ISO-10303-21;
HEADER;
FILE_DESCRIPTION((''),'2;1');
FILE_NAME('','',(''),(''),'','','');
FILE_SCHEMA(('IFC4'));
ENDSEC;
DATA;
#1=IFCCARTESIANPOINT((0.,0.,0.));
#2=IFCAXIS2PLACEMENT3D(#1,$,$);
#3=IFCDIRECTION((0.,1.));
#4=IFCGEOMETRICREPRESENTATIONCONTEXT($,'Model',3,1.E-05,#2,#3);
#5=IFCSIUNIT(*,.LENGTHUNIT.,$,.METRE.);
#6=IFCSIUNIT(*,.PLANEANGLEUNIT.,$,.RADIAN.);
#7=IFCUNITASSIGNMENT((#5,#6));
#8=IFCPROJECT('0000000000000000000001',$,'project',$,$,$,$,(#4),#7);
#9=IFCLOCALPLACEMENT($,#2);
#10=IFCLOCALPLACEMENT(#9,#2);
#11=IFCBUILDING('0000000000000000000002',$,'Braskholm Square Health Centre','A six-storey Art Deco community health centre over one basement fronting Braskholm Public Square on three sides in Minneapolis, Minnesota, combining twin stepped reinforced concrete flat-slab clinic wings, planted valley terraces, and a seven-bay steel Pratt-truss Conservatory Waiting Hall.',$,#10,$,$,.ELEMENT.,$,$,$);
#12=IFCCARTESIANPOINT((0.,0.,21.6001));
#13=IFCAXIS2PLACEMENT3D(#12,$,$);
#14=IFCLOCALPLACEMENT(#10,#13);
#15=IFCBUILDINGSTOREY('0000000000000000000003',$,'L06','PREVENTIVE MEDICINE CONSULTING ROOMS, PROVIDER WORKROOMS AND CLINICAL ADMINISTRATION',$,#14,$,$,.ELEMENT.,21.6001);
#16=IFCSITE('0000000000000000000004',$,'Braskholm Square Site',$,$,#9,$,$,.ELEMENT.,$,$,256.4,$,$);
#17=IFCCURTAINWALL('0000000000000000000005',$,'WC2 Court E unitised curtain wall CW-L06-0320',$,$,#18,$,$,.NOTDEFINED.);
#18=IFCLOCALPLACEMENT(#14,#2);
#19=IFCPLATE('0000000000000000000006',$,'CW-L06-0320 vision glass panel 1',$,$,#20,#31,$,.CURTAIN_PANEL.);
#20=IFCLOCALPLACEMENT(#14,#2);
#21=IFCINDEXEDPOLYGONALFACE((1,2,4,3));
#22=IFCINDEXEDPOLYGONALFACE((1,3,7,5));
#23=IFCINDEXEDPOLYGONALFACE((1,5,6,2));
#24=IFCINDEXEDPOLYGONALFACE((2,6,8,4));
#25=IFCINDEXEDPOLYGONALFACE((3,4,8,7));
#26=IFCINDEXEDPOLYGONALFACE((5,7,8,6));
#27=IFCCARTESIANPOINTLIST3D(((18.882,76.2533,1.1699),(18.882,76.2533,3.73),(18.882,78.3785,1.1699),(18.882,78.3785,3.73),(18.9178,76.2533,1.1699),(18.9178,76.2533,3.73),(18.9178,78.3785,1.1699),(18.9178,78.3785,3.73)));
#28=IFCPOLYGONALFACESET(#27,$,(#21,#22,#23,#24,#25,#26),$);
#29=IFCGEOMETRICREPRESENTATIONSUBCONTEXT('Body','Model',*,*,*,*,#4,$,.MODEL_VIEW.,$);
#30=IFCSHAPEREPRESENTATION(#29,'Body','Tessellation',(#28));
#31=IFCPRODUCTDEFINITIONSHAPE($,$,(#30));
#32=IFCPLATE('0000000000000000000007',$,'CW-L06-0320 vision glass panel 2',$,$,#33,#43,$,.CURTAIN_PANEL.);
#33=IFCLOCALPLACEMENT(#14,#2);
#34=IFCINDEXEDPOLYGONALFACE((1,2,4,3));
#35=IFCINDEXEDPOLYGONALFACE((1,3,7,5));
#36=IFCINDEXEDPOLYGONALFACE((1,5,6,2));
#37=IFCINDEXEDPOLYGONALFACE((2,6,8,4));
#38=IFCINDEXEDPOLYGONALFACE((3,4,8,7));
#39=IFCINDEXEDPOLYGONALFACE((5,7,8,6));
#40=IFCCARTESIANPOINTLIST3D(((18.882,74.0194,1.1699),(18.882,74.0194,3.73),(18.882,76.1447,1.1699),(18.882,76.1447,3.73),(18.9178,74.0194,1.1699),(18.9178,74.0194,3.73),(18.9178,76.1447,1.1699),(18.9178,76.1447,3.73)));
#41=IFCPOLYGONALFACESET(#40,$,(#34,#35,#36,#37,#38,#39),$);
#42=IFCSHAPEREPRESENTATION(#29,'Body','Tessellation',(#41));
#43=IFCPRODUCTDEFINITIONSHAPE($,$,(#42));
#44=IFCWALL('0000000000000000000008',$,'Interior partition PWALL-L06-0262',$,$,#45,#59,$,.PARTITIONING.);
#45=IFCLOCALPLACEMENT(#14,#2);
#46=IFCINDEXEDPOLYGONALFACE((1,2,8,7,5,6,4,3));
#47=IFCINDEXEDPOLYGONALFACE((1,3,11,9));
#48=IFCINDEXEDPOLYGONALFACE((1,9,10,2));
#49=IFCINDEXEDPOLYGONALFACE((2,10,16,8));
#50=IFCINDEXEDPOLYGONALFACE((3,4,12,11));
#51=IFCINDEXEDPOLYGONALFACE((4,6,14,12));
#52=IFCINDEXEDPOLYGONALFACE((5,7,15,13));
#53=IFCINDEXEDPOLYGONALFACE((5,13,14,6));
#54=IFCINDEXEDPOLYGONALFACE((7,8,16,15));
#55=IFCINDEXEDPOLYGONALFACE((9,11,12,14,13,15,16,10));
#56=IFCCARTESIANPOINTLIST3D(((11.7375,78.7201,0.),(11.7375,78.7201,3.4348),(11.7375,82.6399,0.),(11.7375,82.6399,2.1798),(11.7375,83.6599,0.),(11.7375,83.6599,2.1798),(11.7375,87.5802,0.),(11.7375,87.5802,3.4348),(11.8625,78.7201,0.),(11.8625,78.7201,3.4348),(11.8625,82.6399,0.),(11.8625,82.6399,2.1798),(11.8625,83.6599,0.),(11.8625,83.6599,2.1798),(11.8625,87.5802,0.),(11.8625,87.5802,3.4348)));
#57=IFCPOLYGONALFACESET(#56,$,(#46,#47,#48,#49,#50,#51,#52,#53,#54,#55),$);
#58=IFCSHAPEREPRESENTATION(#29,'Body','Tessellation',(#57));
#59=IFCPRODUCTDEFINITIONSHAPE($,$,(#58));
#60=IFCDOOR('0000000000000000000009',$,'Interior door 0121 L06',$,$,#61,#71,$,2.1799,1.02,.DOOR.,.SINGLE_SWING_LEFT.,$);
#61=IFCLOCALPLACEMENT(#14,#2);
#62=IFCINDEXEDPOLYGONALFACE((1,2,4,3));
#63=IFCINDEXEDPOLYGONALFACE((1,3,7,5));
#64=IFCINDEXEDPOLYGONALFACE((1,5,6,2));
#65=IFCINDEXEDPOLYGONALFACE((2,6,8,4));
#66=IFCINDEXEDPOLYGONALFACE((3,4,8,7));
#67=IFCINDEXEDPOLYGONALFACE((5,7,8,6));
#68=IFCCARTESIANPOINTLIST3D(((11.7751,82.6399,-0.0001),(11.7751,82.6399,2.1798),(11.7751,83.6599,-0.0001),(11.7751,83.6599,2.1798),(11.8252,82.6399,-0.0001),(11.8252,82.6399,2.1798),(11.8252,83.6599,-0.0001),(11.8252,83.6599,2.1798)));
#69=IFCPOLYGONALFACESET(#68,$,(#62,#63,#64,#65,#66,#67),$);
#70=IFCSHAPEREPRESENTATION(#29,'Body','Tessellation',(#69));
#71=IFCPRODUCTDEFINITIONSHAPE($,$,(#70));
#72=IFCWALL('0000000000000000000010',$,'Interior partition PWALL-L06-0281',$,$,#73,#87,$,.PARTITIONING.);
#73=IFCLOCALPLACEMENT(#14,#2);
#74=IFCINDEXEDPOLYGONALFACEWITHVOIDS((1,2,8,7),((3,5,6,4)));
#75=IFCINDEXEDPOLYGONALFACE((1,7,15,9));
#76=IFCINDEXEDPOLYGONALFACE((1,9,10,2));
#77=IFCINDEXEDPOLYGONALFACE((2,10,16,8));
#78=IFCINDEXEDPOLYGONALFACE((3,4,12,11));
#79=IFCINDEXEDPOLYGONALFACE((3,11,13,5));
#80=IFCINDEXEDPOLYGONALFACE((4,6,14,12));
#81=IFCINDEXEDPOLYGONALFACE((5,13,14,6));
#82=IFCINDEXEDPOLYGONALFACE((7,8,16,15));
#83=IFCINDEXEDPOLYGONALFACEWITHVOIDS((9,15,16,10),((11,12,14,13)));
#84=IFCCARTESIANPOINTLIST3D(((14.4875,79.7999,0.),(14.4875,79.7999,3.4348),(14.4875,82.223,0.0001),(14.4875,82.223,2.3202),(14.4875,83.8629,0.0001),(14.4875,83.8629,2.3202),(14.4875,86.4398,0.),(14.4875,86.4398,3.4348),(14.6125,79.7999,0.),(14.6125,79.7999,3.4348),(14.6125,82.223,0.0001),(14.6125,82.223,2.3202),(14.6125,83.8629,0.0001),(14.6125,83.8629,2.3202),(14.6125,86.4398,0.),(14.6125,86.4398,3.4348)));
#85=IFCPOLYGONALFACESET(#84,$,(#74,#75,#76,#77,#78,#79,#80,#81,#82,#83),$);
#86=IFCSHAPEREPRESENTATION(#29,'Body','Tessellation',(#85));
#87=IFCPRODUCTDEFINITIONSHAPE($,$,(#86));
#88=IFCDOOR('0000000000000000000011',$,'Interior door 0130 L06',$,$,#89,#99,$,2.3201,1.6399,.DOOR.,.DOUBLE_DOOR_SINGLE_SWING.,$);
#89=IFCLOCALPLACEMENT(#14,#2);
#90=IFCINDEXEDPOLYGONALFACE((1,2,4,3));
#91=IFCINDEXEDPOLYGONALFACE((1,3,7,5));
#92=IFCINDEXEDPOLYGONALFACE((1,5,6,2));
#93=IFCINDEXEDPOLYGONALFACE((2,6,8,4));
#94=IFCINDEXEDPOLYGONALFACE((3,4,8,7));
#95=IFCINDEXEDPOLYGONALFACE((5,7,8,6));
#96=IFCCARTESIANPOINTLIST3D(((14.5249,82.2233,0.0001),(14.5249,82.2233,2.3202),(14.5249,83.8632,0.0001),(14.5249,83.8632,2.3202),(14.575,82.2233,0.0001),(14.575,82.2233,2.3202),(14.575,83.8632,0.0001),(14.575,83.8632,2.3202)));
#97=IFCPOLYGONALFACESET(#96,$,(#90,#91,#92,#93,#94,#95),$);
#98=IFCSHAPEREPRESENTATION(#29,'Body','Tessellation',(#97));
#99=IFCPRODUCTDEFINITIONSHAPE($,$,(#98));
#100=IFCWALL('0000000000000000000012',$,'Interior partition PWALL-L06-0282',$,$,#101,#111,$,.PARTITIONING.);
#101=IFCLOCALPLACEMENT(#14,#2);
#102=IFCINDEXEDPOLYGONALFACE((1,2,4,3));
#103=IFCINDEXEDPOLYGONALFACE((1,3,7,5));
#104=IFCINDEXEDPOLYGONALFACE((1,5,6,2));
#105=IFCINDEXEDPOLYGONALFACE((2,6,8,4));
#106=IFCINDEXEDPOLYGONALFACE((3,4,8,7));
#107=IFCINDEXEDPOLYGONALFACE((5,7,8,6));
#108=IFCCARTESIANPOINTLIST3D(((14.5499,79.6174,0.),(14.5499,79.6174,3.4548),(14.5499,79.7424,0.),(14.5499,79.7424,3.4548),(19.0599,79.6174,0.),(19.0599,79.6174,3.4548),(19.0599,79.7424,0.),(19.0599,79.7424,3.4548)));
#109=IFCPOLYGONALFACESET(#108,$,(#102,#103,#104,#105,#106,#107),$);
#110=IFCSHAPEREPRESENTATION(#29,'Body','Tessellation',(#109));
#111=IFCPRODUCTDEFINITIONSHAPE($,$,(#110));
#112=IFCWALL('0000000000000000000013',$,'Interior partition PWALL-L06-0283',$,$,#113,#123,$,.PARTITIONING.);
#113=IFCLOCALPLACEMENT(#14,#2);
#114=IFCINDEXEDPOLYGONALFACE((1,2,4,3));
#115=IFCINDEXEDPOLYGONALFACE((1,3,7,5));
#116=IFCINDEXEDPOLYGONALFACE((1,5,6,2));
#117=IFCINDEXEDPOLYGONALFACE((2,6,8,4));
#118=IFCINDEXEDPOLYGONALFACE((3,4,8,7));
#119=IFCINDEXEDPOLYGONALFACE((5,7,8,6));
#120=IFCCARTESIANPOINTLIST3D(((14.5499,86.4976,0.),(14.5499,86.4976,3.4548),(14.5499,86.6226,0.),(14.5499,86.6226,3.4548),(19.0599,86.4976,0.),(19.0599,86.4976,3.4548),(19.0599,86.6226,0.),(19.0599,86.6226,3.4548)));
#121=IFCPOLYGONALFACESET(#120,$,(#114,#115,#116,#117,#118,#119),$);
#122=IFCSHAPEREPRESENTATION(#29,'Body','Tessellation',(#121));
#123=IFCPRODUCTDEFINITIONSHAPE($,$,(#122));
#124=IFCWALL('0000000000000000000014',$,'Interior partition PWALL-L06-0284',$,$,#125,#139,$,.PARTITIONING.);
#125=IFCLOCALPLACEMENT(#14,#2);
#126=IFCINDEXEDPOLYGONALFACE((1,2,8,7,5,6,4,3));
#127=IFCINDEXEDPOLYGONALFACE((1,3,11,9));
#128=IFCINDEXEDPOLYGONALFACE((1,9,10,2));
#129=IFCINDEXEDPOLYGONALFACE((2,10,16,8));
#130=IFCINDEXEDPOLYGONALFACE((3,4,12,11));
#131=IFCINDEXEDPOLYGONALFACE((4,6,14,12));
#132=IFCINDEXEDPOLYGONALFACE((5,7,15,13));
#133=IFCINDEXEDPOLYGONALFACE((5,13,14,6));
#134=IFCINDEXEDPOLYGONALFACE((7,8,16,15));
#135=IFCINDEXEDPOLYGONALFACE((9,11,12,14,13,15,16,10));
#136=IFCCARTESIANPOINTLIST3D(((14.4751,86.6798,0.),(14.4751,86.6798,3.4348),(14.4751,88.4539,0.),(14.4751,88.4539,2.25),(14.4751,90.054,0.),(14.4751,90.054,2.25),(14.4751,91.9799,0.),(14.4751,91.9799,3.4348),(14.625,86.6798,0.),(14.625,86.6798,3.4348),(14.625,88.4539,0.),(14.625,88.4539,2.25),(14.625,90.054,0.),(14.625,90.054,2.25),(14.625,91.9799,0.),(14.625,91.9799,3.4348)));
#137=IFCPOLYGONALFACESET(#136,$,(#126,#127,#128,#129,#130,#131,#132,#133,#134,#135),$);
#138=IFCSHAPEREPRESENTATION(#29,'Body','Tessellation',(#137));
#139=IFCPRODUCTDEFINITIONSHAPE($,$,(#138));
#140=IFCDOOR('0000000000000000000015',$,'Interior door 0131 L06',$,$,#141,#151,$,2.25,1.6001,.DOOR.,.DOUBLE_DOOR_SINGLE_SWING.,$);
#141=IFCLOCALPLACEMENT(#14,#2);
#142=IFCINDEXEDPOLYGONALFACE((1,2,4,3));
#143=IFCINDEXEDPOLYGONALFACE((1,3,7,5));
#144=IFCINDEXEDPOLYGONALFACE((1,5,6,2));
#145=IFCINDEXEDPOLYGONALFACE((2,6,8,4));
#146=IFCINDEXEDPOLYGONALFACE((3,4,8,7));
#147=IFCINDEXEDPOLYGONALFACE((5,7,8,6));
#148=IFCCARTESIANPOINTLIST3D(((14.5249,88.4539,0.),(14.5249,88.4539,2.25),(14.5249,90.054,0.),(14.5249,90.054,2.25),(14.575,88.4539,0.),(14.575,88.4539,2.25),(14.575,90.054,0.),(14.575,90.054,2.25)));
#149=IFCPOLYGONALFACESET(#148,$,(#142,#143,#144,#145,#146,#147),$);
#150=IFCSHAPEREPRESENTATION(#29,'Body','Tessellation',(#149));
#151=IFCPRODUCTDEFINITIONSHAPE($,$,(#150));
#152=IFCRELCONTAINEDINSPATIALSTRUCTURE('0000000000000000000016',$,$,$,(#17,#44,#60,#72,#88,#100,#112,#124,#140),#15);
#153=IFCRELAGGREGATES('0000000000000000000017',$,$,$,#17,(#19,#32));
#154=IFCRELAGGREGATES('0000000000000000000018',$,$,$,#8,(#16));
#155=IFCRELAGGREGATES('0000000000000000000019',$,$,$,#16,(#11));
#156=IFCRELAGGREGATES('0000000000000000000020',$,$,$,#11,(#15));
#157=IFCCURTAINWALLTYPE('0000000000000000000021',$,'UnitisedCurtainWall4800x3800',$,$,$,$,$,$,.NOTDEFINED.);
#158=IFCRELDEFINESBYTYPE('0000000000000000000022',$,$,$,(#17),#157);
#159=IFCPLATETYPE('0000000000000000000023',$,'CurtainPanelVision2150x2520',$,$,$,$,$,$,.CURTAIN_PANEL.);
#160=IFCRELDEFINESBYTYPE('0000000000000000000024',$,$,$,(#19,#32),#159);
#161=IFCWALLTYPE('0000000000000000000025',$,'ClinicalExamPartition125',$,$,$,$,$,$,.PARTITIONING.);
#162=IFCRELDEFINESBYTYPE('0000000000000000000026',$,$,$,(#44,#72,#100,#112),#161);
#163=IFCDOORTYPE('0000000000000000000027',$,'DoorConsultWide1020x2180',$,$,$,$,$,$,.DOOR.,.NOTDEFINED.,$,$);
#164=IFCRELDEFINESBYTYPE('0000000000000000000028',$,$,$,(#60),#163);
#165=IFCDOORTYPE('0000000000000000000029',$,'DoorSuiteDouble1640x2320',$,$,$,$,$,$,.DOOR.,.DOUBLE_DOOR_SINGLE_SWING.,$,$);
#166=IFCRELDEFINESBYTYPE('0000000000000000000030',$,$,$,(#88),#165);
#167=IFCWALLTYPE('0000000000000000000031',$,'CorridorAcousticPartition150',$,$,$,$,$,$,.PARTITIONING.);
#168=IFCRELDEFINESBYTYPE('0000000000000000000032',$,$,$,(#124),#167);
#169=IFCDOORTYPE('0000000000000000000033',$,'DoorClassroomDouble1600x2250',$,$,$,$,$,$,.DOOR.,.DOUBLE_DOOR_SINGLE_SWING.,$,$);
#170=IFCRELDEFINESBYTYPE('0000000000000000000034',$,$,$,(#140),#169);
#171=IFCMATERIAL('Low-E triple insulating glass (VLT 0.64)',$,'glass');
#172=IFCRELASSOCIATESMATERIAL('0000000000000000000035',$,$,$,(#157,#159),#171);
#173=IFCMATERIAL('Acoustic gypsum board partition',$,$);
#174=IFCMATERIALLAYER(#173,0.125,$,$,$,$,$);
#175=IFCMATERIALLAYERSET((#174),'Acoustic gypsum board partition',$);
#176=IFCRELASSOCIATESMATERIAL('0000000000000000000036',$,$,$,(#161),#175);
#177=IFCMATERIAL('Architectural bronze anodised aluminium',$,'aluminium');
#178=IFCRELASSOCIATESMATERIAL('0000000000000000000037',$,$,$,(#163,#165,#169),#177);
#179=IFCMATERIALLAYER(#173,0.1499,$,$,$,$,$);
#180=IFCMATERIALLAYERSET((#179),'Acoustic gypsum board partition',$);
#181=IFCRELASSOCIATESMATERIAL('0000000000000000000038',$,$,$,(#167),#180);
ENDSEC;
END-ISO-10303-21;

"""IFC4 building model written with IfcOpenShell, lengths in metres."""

from ifc_helpers import new_model, si_unit, direction, frame, frame_2d, origin, origin_with_axes, origin_2d, place, context, subcontext, project, spatial, rectangle, extrude, material, layer, layer_set, type_object, element, fill, aggregate, save


model = new_model("IFC4")

# Units and contexts
model_context = context("Model", 3, precision=1e-05, world=origin(), true_north=direction((0.0, 1.0)))
body_context = subcontext(model_context, "Body", "Model", "MODEL_VIEW")
ifc_project = project(units=[si_unit("LENGTHUNIT", "METRE"), si_unit("PLANEANGLEUNIT", "RADIAN")], contexts=[model_context])

# Site, building, storey
site_placement = place(None, origin())
site = spatial("IfcSite", under=ifc_project, at=site_placement, Name="Braskholm Square Site", CompositionType="ELEMENT", RefElevation=256.4)
building_placement = place(site_placement, origin())
building = spatial("IfcBuilding", under=site, at=building_placement, Name="Braskholm Square Health Centre", Description="A six-storey Art Deco community health centre over one basement fronting Braskholm Public Square on three sides in Minneapolis, Minnesota, combining twin stepped reinforced concrete flat-slab clinic wings, planted valley terraces, and a seven-bay steel Pratt-truss Conservatory Waiting Hall.", CompositionType="ELEMENT")
storey_placement = place(building_placement, frame((0.0, 0.0, 21.6001)))
storey = spatial("IfcBuildingStorey", under=building, at=storey_placement, Name="L06", Description="PREVENTIVE MEDICINE CONSULTING ROOMS, PROVIDER WORKROOMS AND CLINICAL ADMINISTRATION", CompositionType="ELEMENT", Elevation=21.6001)

# Curtain wall
ifc_material_1 = material(Name="Low-E triple insulating glass (VLT 0.64)", Category="glass")
curtain_wall_type = type_object("IfcCurtainWallType", Name="UnitisedCurtainWall4800x3800", PredefinedType="NOTDEFINED", material=ifc_material_1)
curtain_wall_1_placement = place(storey_placement, origin())
curtain_wall_1 = element("IfcCurtainWall", 1, at=curtain_wall_1_placement, inside=storey, type_object=curtain_wall_type, Name="WC2 Court E unitised curtain wall CW-L06-0320", PredefinedType="NOTDEFINED")
ifc_material_2 = material(Name="Architectural bronze anodised aluminium", Category="aluminium")

# Plates
plate_type_1 = type_object("IfcPlateType", Name="CurtainPanelVision2150x2520", PredefinedType="CURTAIN_PANEL", material=ifc_material_1)
plate_1_placement = place(storey_placement, frame((18.8999, 77.3159, 1.1699), z_axis=(0.0, 0.0, 1.0), x_axis=(0.0, -1.0, 0.0)))
plate_1 = element("IfcPlate", 2, at=plate_1_placement, type_object=plate_type_1, Name="CW-L06-0320 vision glass panel 1", PredefinedType="CURTAIN_PANEL", context=body_context, shape_type="SweptSolid", body=[
    extrude(rectangle(XDim=2.1252, YDim=0.0359, at=origin_2d()), origin(), (0.0, 0.0, 1.0), 2.5601),
])
plate_2_placement = place(storey_placement, frame((18.8999, 75.082, 1.1699), z_axis=(0.0, 0.0, 1.0), x_axis=(0.0, -1.0, 0.0)))
plate_2 = element("IfcPlate", 3, at=plate_2_placement, type_object=plate_type_1, Name="CW-L06-0320 vision glass panel 2", PredefinedType="CURTAIN_PANEL", context=body_context, shape_type="SweptSolid", body=[
    extrude(rectangle(XDim=2.1252, YDim=0.0359, at=origin_2d()), origin(), (0.0, 0.0, 1.0), 2.5601),
])
aggregate(curtain_wall_1, [plate_1, plate_2])

# Walls, openings, doors
ifc_material_3 = material(Name="Acoustic gypsum board partition")
ifc_layer_1 = layer(ifc_material_3, 0.125)
ifc_layer_set_1 = layer_set([ifc_layer_1], Name="Acoustic gypsum board partition")
wall_type_1 = type_object("IfcWallType", Name="ClinicalExamPartition125", PredefinedType="PARTITIONING", material=ifc_layer_set_1)
wall_1_placement = place(storey_placement, frame((11.8, 78.72, 0.0), z_axis=(0.0, 0.0, 1.0), x_axis=(0.0, 1.0, 0.0)))
wall_1 = element("IfcWall", 4, at=wall_1_placement, inside=storey, type_object=wall_type_1, Name="Interior partition PWALL-L06-0262", PredefinedType="PARTITIONING", context=body_context, shape_type="SweptSolid", body=[
    extrude(rectangle(XDim=8.8601, YDim=0.125, at=frame_2d((4.4302, 0.0))), origin(), (0.0, 0.0, 1.0), 3.4348),
])
opening_1_placement = place(wall_1_placement, frame((3.9199, 0.0, 0.0)))
opening_1 = element("IfcOpeningElement", 5, at=opening_1_placement, cuts=wall_1, PredefinedType="OPENING", context=body_context, shape_type="SweptSolid", body=[
    extrude(rectangle(XDim=1.02, YDim=2.1799, at=frame_2d((0.51, 1.0898))), frame((0.0, 0.0725, 0.0), z_axis=(0.0, -1.0, 0.0), x_axis=(1.0, 0.0, 0.0)), (0.0, 0.0, 1.0), 0.145),
])
door_type_1 = type_object("IfcDoorType", Name="DoorConsultWide1020x2180", OperationType="NOTDEFINED", PredefinedType="DOOR", material=ifc_material_2)
door_1_placement = place(opening_1_placement, origin_with_axes())
door_1 = element("IfcDoor", 6, at=door_1_placement, inside=storey, type_object=door_type_1, Name="Interior door 0121 L06", OperationType="SINGLE_SWING_LEFT", OverallHeight=2.1799, OverallWidth=1.02, PredefinedType="DOOR", context=body_context, shape_type="SweptSolid", body=[
    extrude(rectangle(XDim=1.02, YDim=2.1799, at=frame_2d((0.51, 1.0898))), frame((0.0, 0.0249, 0.0), z_axis=(0.0, -1.0, 0.0), x_axis=(1.0, 0.0, 0.0)), (0.0, 0.0, 1.0), 0.05),
])
fill(opening_1, door_1)
wall_2_placement = place(storey_placement, frame((14.55, 79.8, 0.0), z_axis=(0.0, 0.0, 1.0), x_axis=(0.0, 1.0, 0.0)))
wall_2 = element("IfcWall", 7, at=wall_2_placement, inside=storey, type_object=wall_type_1, Name="Interior partition PWALL-L06-0281", PredefinedType="PARTITIONING", context=body_context, shape_type="SweptSolid", body=[
    extrude(rectangle(XDim=6.6399, YDim=0.125, at=frame_2d((3.3198, 0.0))), origin(), (0.0, 0.0, 1.0), 3.4348),
])
opening_2_placement = place(wall_2_placement, frame((2.4231, 0.0, 0.0)))
opening_2 = element("IfcOpeningElement", 8, at=opening_2_placement, cuts=wall_2, PredefinedType="OPENING", context=body_context, shape_type="SweptSolid", body=[
    extrude(rectangle(XDim=1.6399, YDim=2.3201, at=frame_2d((0.8198, 1.1602))), frame((0.0, 0.0725, 0.0), z_axis=(0.0, -1.0, 0.0), x_axis=(1.0, 0.0, 0.0)), (0.0, 0.0, 1.0), 0.145),
])
door_type_2 = type_object("IfcDoorType", Name="DoorSuiteDouble1640x2320", OperationType="DOUBLE_DOOR_SINGLE_SWING", PredefinedType="DOOR", material=ifc_material_2)
door_2_placement = place(opening_2_placement, frame((1.6399, 0.0, 0.0), z_axis=(0.0, 0.0, 1.0), x_axis=(-1.0, 0.0, 0.0)))
door_2 = element("IfcDoor", 9, at=door_2_placement, inside=storey, type_object=door_type_2, Name="Interior door 0130 L06", OperationType="DOUBLE_DOOR_SINGLE_SWING", OverallHeight=2.3201, OverallWidth=1.6399, PredefinedType="DOOR", context=body_context, shape_type="SweptSolid", body=[
    extrude(rectangle(XDim=1.6399, YDim=2.3201, at=frame_2d((0.8198, 1.1602))), frame((0.0, 0.0249, 0.0), z_axis=(0.0, -1.0, 0.0), x_axis=(1.0, 0.0, 0.0)), (0.0, 0.0, 1.0), 0.05),
])
fill(opening_2, door_2)

# Walls
for number, where, z_axis, x_axis, name in (
    (10, (14.55, 79.6799, 0.0), (0.0, 0.0, 1.0), (1.0, 0.0, 0.0), "Interior partition PWALL-L06-0282"),
    (11, (14.55, 86.5601, 0.0), (0.0, 0.0, 1.0), (1.0, 0.0, 0.0), "Interior partition PWALL-L06-0283"),
):
    element("IfcWall", number, at=place(storey_placement, frame(where, z_axis=z_axis, x_axis=x_axis)), inside=storey, type_object=wall_type_1, Name=name, PredefinedType="PARTITIONING", context=body_context, shape_type="SweptSolid", body=[
        extrude(rectangle(XDim=4.51, YDim=0.125, at=frame_2d((2.2549, 0.0))), origin(), (0.0, 0.0, 1.0), 3.4548),
    ])

# Wall, opening, door
ifc_layer_2 = layer(ifc_material_3, 0.1499)
ifc_layer_set_2 = layer_set([ifc_layer_2], Name="Acoustic gypsum board partition")
wall_type_2 = type_object("IfcWallType", Name="CorridorAcousticPartition150", PredefinedType="PARTITIONING", material=ifc_layer_set_2)
wall_3_placement = place(storey_placement, frame((14.55, 86.6799, 0.0), z_axis=(0.0, 0.0, 1.0), x_axis=(0.0, 1.0, 0.0)))
wall_3 = element("IfcWall", 12, at=wall_3_placement, inside=storey, type_object=wall_type_2, Name="Interior partition PWALL-L06-0284", PredefinedType="PARTITIONING", context=body_context, shape_type="SweptSolid", body=[
    extrude(rectangle(XDim=5.3, YDim=0.1499, at=frame_2d((2.6499, 0.0))), origin(), (0.0, 0.0, 1.0), 3.4348),
])
opening_3_placement = place(wall_3_placement, frame((1.7739, 0.0, 0.0)))
opening_3 = element("IfcOpeningElement", 13, at=opening_3_placement, cuts=wall_3, PredefinedType="OPENING", context=body_context, shape_type="SweptSolid", body=[
    extrude(rectangle(XDim=1.6001, YDim=2.25, at=frame_2d((0.8, 1.125))), frame((0.0, 0.085, 0.0), z_axis=(0.0, -1.0, 0.0), x_axis=(1.0, 0.0, 0.0)), (0.0, 0.0, 1.0), 0.1699),
])
door_type_3 = type_object("IfcDoorType", Name="DoorClassroomDouble1600x2250", OperationType="DOUBLE_DOOR_SINGLE_SWING", PredefinedType="DOOR", material=ifc_material_2)
door_3_placement = place(opening_3_placement, frame((1.6001, 0.0, 0.0), z_axis=(0.0, 0.0, 1.0), x_axis=(-1.0, 0.0, 0.0)))
door_3 = element("IfcDoor", 14, at=door_3_placement, inside=storey, type_object=door_type_3, Name="Interior door 0131 L06", OperationType="DOUBLE_DOOR_SINGLE_SWING", OverallHeight=2.25, OverallWidth=1.6001, PredefinedType="DOOR", context=body_context, shape_type="SweptSolid", body=[
    extrude(rectangle(XDim=1.6001, YDim=2.25, at=frame_2d((0.8, 1.125))), frame((0.0, 0.0249, 0.0), z_axis=(0.0, -1.0, 0.0), x_axis=(1.0, 0.0, 0.0)), (0.0, 0.0, 1.0), 0.05),
])
fill(opening_3, door_3)

save(model, "model.ifc")
